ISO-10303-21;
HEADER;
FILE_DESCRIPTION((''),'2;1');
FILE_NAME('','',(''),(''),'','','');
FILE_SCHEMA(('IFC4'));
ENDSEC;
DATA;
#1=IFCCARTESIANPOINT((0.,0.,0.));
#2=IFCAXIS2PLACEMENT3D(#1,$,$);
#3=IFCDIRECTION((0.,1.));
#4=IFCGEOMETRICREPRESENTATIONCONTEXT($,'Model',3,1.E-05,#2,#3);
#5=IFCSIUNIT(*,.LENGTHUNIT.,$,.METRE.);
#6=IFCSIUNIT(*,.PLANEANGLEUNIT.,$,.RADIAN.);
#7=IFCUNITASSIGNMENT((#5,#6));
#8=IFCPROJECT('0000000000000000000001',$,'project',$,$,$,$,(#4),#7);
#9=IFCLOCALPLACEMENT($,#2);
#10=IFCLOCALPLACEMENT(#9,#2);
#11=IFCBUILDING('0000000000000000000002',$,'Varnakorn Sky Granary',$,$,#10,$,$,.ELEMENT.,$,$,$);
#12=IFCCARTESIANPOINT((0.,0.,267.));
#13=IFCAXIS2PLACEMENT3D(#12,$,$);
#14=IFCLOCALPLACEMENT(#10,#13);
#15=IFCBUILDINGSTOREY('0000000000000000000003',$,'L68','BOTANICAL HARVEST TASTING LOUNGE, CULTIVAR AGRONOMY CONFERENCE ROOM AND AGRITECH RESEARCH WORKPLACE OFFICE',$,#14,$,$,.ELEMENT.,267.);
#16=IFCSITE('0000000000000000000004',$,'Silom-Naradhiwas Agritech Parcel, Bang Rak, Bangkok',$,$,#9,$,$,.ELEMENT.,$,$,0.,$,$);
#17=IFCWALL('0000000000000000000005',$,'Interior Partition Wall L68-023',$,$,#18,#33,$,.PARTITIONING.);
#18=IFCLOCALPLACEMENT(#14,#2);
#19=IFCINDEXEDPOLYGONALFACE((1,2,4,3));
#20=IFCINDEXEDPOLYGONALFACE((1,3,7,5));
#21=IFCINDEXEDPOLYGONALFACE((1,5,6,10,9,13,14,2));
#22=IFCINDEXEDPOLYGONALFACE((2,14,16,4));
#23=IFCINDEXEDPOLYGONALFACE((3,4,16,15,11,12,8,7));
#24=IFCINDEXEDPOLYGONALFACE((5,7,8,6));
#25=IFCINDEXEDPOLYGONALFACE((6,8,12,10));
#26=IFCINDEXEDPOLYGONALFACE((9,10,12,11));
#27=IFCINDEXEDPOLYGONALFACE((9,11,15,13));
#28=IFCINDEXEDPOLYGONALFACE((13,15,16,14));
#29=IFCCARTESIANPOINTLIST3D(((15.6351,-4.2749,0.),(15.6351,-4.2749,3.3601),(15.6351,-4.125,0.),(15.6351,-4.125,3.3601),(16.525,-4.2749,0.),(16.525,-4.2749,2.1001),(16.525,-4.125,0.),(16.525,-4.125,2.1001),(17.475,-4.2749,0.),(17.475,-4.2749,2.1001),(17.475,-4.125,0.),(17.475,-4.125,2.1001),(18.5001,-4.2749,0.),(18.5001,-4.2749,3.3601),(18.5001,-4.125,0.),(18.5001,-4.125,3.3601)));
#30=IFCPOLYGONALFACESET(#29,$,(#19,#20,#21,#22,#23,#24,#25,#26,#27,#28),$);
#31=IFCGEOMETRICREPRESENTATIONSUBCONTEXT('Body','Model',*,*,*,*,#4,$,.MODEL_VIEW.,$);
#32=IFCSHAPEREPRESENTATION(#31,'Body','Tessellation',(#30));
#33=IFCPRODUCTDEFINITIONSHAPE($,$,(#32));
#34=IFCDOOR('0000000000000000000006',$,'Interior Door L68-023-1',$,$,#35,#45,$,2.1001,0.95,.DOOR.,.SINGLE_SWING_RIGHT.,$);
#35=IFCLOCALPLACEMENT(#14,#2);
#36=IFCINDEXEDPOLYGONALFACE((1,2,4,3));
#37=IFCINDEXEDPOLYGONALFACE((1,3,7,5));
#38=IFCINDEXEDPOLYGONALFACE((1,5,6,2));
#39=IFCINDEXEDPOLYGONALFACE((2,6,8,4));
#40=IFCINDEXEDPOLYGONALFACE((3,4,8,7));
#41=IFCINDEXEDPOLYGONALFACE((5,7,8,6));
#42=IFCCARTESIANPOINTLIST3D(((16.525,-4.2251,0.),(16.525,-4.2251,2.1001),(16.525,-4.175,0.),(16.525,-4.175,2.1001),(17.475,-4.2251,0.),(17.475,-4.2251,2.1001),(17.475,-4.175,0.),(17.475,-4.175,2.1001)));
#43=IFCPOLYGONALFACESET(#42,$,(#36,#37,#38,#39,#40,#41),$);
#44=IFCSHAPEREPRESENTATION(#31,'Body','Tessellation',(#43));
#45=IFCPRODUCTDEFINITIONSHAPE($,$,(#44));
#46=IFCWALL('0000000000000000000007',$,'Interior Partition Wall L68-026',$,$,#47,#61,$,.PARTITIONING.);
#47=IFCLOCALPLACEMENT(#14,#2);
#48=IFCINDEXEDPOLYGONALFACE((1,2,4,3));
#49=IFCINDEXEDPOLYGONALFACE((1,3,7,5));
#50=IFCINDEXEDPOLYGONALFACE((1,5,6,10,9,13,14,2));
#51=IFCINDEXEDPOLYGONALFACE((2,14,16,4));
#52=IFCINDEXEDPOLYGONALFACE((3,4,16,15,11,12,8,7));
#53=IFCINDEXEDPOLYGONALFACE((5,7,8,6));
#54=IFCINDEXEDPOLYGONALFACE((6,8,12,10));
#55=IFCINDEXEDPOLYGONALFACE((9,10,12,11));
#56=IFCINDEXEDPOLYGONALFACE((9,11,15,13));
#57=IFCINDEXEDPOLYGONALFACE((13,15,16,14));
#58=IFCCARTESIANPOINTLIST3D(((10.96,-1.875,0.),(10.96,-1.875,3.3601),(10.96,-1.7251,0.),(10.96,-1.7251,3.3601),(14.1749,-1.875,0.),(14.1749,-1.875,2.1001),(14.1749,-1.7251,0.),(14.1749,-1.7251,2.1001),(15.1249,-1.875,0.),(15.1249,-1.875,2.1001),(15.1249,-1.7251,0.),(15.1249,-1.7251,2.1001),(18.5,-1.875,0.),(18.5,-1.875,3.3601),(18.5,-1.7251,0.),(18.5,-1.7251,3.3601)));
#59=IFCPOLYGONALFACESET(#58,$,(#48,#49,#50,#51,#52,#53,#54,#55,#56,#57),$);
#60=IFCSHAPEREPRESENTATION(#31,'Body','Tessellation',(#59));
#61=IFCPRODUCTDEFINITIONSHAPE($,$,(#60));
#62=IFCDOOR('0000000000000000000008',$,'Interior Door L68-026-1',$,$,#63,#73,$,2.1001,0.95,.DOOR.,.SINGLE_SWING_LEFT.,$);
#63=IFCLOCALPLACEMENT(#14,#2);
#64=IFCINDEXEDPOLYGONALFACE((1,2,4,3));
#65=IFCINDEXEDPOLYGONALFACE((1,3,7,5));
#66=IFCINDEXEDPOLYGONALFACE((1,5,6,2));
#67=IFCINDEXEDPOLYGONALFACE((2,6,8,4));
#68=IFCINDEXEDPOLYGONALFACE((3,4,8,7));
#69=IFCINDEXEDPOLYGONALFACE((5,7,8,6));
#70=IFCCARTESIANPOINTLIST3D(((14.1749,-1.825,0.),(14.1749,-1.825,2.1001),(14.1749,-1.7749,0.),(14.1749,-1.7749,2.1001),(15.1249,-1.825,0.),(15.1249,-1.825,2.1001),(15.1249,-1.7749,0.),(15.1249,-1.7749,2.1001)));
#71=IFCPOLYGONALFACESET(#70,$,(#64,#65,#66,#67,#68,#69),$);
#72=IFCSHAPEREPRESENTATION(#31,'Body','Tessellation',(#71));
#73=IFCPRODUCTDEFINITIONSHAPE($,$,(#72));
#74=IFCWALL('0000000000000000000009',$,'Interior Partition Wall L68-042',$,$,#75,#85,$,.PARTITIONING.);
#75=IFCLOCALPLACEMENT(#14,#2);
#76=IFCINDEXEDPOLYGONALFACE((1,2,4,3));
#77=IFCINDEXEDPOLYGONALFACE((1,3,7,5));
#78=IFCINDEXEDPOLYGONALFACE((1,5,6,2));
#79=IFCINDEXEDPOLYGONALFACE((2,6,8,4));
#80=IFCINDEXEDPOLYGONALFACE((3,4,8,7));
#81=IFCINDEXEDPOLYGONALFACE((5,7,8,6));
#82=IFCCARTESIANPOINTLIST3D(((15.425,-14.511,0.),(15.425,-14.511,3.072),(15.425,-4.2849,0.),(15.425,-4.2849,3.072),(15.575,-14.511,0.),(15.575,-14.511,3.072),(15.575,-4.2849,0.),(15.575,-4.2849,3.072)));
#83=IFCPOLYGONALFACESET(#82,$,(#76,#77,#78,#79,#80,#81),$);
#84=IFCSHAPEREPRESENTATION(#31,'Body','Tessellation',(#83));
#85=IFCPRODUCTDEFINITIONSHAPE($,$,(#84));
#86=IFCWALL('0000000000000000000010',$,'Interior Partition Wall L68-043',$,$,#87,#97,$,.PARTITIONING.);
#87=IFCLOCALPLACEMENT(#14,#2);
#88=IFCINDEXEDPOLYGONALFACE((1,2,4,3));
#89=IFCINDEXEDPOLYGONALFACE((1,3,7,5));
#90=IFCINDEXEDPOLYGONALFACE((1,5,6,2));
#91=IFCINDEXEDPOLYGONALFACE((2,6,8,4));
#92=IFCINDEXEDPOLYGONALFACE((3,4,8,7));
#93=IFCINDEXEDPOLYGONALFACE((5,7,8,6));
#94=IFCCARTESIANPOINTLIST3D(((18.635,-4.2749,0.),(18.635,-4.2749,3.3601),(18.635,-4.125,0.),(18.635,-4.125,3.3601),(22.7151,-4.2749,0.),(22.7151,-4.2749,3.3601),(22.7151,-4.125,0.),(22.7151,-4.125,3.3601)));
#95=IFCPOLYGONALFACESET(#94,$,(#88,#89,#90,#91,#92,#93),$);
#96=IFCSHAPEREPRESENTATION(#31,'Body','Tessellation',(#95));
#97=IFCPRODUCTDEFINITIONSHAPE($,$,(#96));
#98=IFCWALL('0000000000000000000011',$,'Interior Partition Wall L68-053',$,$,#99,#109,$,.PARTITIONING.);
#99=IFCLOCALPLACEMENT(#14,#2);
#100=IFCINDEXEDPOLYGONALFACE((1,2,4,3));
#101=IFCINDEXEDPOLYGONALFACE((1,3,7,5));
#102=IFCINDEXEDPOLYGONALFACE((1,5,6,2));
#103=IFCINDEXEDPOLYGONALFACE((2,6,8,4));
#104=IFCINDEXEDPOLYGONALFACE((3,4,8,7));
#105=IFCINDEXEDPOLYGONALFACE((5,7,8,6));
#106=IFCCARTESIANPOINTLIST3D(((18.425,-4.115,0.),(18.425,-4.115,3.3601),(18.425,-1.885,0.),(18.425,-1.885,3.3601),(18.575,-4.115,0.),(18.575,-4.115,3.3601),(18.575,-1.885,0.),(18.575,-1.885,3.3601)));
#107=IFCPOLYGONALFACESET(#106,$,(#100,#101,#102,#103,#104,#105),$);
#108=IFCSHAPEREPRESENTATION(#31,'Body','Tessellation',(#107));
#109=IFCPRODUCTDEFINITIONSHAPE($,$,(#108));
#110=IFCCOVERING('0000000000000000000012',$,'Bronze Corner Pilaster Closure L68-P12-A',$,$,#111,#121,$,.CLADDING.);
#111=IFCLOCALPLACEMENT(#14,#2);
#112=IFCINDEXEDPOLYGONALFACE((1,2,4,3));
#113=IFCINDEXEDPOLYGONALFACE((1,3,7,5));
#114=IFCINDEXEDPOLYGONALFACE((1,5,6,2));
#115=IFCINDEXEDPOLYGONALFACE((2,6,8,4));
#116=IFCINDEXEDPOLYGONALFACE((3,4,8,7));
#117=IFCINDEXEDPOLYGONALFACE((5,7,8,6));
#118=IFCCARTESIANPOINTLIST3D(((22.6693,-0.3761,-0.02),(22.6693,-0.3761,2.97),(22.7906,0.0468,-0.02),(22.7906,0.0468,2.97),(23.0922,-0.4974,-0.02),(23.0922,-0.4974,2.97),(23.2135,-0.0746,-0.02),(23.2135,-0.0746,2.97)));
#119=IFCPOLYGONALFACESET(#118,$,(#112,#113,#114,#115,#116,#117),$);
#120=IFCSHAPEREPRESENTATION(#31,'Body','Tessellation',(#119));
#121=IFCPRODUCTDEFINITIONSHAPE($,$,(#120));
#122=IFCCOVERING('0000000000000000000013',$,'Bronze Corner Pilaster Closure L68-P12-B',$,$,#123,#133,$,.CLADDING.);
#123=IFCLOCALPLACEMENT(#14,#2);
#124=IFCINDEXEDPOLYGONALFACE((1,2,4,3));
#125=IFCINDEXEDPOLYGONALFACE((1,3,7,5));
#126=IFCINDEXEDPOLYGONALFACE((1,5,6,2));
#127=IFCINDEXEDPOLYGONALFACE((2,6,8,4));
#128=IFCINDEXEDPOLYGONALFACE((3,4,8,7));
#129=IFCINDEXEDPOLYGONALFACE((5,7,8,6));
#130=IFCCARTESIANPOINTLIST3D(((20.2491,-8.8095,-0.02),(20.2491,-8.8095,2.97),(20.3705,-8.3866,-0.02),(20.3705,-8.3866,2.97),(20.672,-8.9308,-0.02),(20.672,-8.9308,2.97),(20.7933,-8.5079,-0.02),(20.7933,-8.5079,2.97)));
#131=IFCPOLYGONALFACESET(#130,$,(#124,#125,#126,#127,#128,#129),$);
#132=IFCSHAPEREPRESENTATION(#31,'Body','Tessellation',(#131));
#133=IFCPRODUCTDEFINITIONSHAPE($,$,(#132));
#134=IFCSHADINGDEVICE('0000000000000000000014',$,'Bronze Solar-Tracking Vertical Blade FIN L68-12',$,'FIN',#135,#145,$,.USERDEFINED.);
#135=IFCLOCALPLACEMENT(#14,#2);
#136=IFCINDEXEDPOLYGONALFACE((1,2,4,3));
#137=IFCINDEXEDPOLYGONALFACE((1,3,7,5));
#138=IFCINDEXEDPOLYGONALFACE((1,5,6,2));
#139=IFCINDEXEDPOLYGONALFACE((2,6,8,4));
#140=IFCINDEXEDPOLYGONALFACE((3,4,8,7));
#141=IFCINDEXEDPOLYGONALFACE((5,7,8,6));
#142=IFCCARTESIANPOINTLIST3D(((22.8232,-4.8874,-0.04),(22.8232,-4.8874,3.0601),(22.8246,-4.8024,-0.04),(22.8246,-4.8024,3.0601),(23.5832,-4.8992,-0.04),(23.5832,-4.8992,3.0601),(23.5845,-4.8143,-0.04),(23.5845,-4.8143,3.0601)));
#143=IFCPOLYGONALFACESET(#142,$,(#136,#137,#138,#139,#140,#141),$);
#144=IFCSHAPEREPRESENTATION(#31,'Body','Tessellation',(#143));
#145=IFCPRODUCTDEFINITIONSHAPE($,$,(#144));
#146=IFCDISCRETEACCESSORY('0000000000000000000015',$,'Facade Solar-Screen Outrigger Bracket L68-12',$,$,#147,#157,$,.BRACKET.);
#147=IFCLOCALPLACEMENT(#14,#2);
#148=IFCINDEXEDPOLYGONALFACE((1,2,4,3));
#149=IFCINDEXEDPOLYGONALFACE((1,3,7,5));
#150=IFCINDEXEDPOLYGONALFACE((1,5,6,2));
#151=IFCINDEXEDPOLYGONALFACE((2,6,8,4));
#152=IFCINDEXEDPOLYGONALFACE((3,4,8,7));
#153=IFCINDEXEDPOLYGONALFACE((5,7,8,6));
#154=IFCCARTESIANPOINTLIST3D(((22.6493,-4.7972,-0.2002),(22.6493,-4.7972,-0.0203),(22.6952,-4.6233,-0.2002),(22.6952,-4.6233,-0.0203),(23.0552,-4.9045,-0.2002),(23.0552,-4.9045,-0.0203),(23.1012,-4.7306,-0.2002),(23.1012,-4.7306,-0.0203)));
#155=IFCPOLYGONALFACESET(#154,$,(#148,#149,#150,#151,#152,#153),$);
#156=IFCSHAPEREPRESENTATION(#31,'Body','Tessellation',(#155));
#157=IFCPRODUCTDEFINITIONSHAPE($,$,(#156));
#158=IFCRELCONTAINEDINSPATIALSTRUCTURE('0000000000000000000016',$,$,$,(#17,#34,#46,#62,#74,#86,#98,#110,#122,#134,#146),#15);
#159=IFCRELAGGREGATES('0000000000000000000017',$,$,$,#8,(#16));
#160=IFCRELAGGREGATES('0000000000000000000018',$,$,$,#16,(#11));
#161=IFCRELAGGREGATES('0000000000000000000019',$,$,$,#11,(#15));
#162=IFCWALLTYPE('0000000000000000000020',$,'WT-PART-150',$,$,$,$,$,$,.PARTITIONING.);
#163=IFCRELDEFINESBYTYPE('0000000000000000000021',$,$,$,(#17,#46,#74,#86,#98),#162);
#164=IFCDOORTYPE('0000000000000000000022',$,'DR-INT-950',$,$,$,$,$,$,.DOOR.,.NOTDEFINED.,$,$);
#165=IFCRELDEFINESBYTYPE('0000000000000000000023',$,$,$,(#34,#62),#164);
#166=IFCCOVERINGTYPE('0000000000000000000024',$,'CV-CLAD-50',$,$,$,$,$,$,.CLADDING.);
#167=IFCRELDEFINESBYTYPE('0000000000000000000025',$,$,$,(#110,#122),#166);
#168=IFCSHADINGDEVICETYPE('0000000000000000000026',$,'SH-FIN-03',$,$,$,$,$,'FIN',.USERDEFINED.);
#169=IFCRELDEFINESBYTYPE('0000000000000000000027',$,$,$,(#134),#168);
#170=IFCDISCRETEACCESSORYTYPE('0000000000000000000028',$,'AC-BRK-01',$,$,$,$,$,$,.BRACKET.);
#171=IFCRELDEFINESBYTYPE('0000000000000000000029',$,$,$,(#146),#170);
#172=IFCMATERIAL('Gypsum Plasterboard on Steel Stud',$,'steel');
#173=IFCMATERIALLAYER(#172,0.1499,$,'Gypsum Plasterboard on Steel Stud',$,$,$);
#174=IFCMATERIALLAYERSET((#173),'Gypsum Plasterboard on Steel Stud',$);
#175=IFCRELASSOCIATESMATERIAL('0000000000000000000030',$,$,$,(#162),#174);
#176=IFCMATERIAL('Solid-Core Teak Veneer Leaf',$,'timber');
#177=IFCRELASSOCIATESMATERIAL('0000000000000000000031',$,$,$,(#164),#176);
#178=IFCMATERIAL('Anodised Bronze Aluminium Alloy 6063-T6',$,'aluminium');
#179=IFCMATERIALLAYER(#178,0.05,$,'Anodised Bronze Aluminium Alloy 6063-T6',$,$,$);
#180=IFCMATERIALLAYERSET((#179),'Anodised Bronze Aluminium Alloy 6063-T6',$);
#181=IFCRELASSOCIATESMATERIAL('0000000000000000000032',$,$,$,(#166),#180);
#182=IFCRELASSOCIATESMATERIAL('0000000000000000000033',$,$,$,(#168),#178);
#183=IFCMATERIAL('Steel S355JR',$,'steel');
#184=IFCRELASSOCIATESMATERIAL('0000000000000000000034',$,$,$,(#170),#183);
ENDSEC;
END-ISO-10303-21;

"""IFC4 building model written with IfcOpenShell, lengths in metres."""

from ifc_helpers import new_model, si_unit, direction, frame, frame_2d, origin, origin_2d, place, context, subcontext, project, spatial, rectangle, extrude, source, transform, mapped, material, layer, layer_set, type_object, type_shapes, element, fill, save


model = new_model("IFC4")

# Units and contexts
model_context = context("Model", 3, precision=1e-05, world=origin(), true_north=direction((0.0, 1.0)))
body_context = subcontext(model_context, "Body", "Model", "MODEL_VIEW")
ifc_project = project(units=[si_unit("LENGTHUNIT", "METRE"), si_unit("PLANEANGLEUNIT", "RADIAN")], contexts=[model_context])

# Site, building, storey
site_placement = place(None, origin())
site = spatial("IfcSite", under=ifc_project, at=site_placement, Name="Silom-Naradhiwas Agritech Parcel, Bang Rak, Bangkok", CompositionType="ELEMENT", RefElevation=0.0)
building_placement = place(site_placement, origin())
building = spatial("IfcBuilding", under=site, at=building_placement, Name="Varnakorn Sky Granary", CompositionType="ELEMENT")
storey_placement = place(building_placement, frame((0.0, 0.0, 267.0)))
storey = spatial("IfcBuildingStorey", under=building, at=storey_placement, Name="L68", Description="BOTANICAL HARVEST TASTING LOUNGE, CULTIVAR AGRONOMY CONFERENCE ROOM AND AGRITECH RESEARCH WORKPLACE OFFICE", CompositionType="ELEMENT", Elevation=267.0)

# Shared definitions
ifc_material_1 = material(Name="Steel S355JR", Category="steel")

# Shared definitions
ifc_material_2 = material(Name="Anodised Bronze Aluminium Alloy 6063-T6", Category="aluminium")

# Walls, openings, doors
ifc_material_3 = material(Name="Gypsum Plasterboard on Steel Stud", Category="steel")
ifc_layer_1 = layer(ifc_material_3, 0.1499, Name="Gypsum Plasterboard on Steel Stud")
ifc_layer_set_1 = layer_set([ifc_layer_1], Name="Gypsum Plasterboard on Steel Stud")
wall_type_1 = type_object("IfcWallType", Name="WT-PART-150", PredefinedType="PARTITIONING", material=ifc_layer_set_1)
wall_1_placement = place(storey_placement, frame((15.635, -4.2, 0.0), z_axis=(0.0, 0.0, 1.0), x_axis=(1.0, 0.0, 0.0)))
wall_1 = element("IfcWall", 1, at=wall_1_placement, inside=storey, type_object=wall_type_1, Name="Interior Partition Wall L68-023", PredefinedType="PARTITIONING", context=body_context, shape_type="SweptSolid", body=[
    extrude(rectangle(XDim=2.865, YDim=0.1499, at=frame_2d((1.4326, 0.0))), origin(), (0.0, 0.0, 1.0), 3.3601),
])
opening_1_placement = place(wall_1_placement, frame((0.8899, 0.0, 0.0)))
opening_1 = element("IfcOpeningElement", 2, at=opening_1_placement, cuts=wall_1, PredefinedType="OPENING", context=body_context, shape_type="SweptSolid", body=[
    extrude(rectangle(XDim=0.95, YDim=2.1001, at=frame_2d((0.4751, 1.05))), frame((0.0, 0.085, 0.0), z_axis=(0.0, -1.0, 0.0), x_axis=(1.0, 0.0, 0.0)), (0.0, 0.0, 1.0), 0.1699),
])
ifc_material_4 = material(Name="Solid-Core Teak Veneer Leaf", Category="timber")
door_type = type_object("IfcDoorType", Name="DR-INT-950", OperationType="NOTDEFINED", PredefinedType="DOOR", material=ifc_material_4)
door_1_placement = place(opening_1_placement, origin())
door_1 = element("IfcDoor", 3, at=door_1_placement, inside=storey, type_object=door_type, Name="Interior Door L68-023-1", OperationType="SINGLE_SWING_RIGHT", OverallHeight=2.1001, OverallWidth=0.95, PredefinedType="DOOR", context=body_context, shape_type="SweptSolid", body=[
    extrude(rectangle(XDim=0.95, YDim=2.1001, at=frame_2d((0.4751, 1.05))), frame((0.0, 0.0249, 0.0), z_axis=(0.0, -1.0, 0.0), x_axis=(1.0, 0.0, 0.0)), (0.0, 0.0, 1.0), 0.05),
])
fill(opening_1, door_1)
wall_2_placement = place(storey_placement, frame((18.5, -1.8, 0.0), z_axis=(0.0, 0.0, 1.0), x_axis=(-1.0, 0.0, 0.0)))
wall_2 = element("IfcWall", 4, at=wall_2_placement, inside=storey, type_object=wall_type_1, Name="Interior Partition Wall L68-026", PredefinedType="PARTITIONING", context=body_context, shape_type="SweptSolid", body=[
    extrude(rectangle(XDim=7.54, YDim=0.1499, at=frame_2d((3.77, 0.0))), origin(), (0.0, 0.0, 1.0), 3.3601),
])
opening_2_placement = place(wall_2_placement, frame((3.375, 0.0, 0.0)))
opening_2 = element("IfcOpeningElement", 5, at=opening_2_placement, cuts=wall_2, PredefinedType="OPENING", context=body_context, shape_type="SweptSolid", body=[
    extrude(rectangle(XDim=0.95, YDim=2.1001, at=frame_2d((0.4751, 1.05))), frame((0.0, 0.085, 0.0), z_axis=(0.0, -1.0, 0.0), x_axis=(1.0, 0.0, 0.0)), (0.0, 0.0, 1.0), 0.1699),
])
door_2_placement = place(opening_2_placement, origin())
door_2 = element("IfcDoor", 6, at=door_2_placement, inside=storey, type_object=door_type, Name="Interior Door L68-026-1", OperationType="SINGLE_SWING_LEFT", OverallHeight=2.1001, OverallWidth=0.95, PredefinedType="DOOR", context=body_context, shape_type="SweptSolid", body=[
    extrude(rectangle(XDim=0.95, YDim=2.1001, at=frame_2d((0.4751, 1.05))), frame((0.0, 0.0249, 0.0), z_axis=(0.0, -1.0, 0.0), x_axis=(1.0, 0.0, 0.0)), (0.0, 0.0, 1.0), 0.05),
])
fill(opening_2, door_2)

# Walls
wall_3_placement = place(storey_placement, frame((15.5, -4.2849, 0.0), z_axis=(0.0, 0.0, 1.0), x_axis=(0.0, -1.0, 0.0)))
element("IfcWall", 7, at=wall_3_placement, inside=storey, type_object=wall_type_1, Name="Interior Partition Wall L68-042", PredefinedType="PARTITIONING", context=body_context, shape_type="SweptSolid", body=[
    extrude(rectangle(XDim=10.2261, YDim=0.1499, at=frame_2d((5.113, 0.0))), origin(), (0.0, 0.0, 1.0), 3.072),
])
wall_4_placement = place(storey_placement, frame((18.635, -4.2, 0.0), z_axis=(0.0, 0.0, 1.0), x_axis=(1.0, 0.0, 0.0)))
element("IfcWall", 8, at=wall_4_placement, inside=storey, type_object=wall_type_1, Name="Interior Partition Wall L68-043", PredefinedType="PARTITIONING", context=body_context, shape_type="SweptSolid", body=[
    extrude(rectangle(XDim=4.0801, YDim=0.1499, at=frame_2d((2.04, 0.0))), origin(), (0.0, 0.0, 1.0), 3.3601),
])
wall_5_placement = place(storey_placement, frame((18.5, -4.115, 0.0), z_axis=(0.0, 0.0, 1.0), x_axis=(0.0, 1.0, 0.0)))
element("IfcWall", 9, at=wall_5_placement, inside=storey, type_object=wall_type_1, Name="Interior Partition Wall L68-053", PredefinedType="PARTITIONING", context=body_context, shape_type="SweptSolid", body=[
    extrude(rectangle(XDim=2.23, YDim=0.1499, at=frame_2d((1.115, 0.0))), origin(), (0.0, 0.0, 1.0), 3.3601),
])

# Coverings
ifc_layer_2 = layer(ifc_material_2, 0.05, Name="Anodised Bronze Aluminium Alloy 6063-T6")
ifc_layer_set_2 = layer_set([ifc_layer_2], Name="Anodised Bronze Aluminium Alloy 6063-T6")
covering_type = type_object("IfcCoveringType", Name="CV-CLAD-50", PredefinedType="CLADDING", material=ifc_layer_set_2)
shared_shape_1 = source(origin(), body_context, "Body", "SweptSolid", [
    extrude(rectangle(XDim=0.4399, YDim=0.4399, at=origin_2d()), origin(), (0.0, 0.0, 1.0), 2.99),
])
type_shapes(covering_type, [shared_shape_1])
for number, where, z_axis, x_axis, name in (
    (10, (22.9414, -0.2253, -0.02), (0.0, 0.0, 1.0), (-0.275805, -0.961214, 0.0), "Bronze Corner Pilaster Closure L68-P12-A"),
    (11, (20.5212, -8.6587, -0.02), (0.0, 0.0, 1.0), (-0.275805, -0.961214, 0.0), "Bronze Corner Pilaster Closure L68-P12-B"),
):
    element("IfcCovering", number, at=place(storey_placement, frame(where, z_axis=z_axis, x_axis=x_axis)), inside=storey, type_object=covering_type, Name=name, PredefinedType="CLADDING", context=body_context, shape_type="MappedRepresentation", body=[
        mapped(shared_shape_1, transform((0.0, 0.0, 0.0), x_axis=(1.0, 0.0, 0.0), y_axis=(0.0, 1.0, 0.0), z_axis=(0.0, 0.0, 1.0), scale=1.0)),
    ])

# Shading device
shading_device_type = type_object("IfcShadingDeviceType", Name="SH-FIN-03", ElementType="FIN", PredefinedType="USERDEFINED", material=ifc_material_2)
shared_shape_2 = source(origin(), body_context, "Body", "SweptSolid", [
    extrude(rectangle(XDim=0.085, YDim=0.76, at=origin_2d()), origin(), (0.0, 0.0, 1.0), 3.1001),
])
type_shapes(shading_device_type, [shared_shape_2])
shading_device_placement = place(storey_placement, frame((23.2039, -4.8508, -0.04), z_axis=(0.0, 0.0, 1.0), x_axis=(0.015598, 0.999878, 0.0)))
element("IfcShadingDevice", 12, at=shading_device_placement, inside=storey, type_object=shading_device_type, Name="Bronze Solar-Tracking Vertical Blade FIN L68-12", ObjectType="FIN", PredefinedType="USERDEFINED", context=body_context, shape_type="MappedRepresentation", body=[
    mapped(shared_shape_2, transform((0.0, 0.0, 0.0), x_axis=(1.0, 0.0, 0.0), y_axis=(0.0, 1.0, 0.0), z_axis=(0.0, 0.0, 1.0), scale=1.0)),
])

# Discrete accessory
discrete_accessory_type = type_object("IfcDiscreteAccessoryType", Name="AC-BRK-01", PredefinedType="BRACKET", material=ifc_material_1)
shared_shape_3 = source(origin(), body_context, "Body", "SweptSolid", [
    extrude(rectangle(XDim=0.1799, YDim=0.4199, at=origin_2d()), origin(), (0.0, 0.0, 1.0), 0.1799),
])
type_shapes(discrete_accessory_type, [shared_shape_3])
discrete_accessory_placement = place(storey_placement, frame((22.8752, -4.7639, -0.2002), z_axis=(0.0, 0.0, 1.0), x_axis=(0.255521, 0.966804, 0.0)))
element("IfcDiscreteAccessory", 13, at=discrete_accessory_placement, inside=storey, type_object=discrete_accessory_type, Name="Facade Solar-Screen Outrigger Bracket L68-12", PredefinedType="BRACKET", context=body_context, shape_type="MappedRepresentation", body=[
    mapped(shared_shape_3, transform((0.0, 0.0, 0.0), x_axis=(1.0, 0.0, 0.0), y_axis=(0.0, 1.0, 0.0), z_axis=(0.0, 0.0, 1.0), scale=1.0)),
])

save(model, "model.ifc")
